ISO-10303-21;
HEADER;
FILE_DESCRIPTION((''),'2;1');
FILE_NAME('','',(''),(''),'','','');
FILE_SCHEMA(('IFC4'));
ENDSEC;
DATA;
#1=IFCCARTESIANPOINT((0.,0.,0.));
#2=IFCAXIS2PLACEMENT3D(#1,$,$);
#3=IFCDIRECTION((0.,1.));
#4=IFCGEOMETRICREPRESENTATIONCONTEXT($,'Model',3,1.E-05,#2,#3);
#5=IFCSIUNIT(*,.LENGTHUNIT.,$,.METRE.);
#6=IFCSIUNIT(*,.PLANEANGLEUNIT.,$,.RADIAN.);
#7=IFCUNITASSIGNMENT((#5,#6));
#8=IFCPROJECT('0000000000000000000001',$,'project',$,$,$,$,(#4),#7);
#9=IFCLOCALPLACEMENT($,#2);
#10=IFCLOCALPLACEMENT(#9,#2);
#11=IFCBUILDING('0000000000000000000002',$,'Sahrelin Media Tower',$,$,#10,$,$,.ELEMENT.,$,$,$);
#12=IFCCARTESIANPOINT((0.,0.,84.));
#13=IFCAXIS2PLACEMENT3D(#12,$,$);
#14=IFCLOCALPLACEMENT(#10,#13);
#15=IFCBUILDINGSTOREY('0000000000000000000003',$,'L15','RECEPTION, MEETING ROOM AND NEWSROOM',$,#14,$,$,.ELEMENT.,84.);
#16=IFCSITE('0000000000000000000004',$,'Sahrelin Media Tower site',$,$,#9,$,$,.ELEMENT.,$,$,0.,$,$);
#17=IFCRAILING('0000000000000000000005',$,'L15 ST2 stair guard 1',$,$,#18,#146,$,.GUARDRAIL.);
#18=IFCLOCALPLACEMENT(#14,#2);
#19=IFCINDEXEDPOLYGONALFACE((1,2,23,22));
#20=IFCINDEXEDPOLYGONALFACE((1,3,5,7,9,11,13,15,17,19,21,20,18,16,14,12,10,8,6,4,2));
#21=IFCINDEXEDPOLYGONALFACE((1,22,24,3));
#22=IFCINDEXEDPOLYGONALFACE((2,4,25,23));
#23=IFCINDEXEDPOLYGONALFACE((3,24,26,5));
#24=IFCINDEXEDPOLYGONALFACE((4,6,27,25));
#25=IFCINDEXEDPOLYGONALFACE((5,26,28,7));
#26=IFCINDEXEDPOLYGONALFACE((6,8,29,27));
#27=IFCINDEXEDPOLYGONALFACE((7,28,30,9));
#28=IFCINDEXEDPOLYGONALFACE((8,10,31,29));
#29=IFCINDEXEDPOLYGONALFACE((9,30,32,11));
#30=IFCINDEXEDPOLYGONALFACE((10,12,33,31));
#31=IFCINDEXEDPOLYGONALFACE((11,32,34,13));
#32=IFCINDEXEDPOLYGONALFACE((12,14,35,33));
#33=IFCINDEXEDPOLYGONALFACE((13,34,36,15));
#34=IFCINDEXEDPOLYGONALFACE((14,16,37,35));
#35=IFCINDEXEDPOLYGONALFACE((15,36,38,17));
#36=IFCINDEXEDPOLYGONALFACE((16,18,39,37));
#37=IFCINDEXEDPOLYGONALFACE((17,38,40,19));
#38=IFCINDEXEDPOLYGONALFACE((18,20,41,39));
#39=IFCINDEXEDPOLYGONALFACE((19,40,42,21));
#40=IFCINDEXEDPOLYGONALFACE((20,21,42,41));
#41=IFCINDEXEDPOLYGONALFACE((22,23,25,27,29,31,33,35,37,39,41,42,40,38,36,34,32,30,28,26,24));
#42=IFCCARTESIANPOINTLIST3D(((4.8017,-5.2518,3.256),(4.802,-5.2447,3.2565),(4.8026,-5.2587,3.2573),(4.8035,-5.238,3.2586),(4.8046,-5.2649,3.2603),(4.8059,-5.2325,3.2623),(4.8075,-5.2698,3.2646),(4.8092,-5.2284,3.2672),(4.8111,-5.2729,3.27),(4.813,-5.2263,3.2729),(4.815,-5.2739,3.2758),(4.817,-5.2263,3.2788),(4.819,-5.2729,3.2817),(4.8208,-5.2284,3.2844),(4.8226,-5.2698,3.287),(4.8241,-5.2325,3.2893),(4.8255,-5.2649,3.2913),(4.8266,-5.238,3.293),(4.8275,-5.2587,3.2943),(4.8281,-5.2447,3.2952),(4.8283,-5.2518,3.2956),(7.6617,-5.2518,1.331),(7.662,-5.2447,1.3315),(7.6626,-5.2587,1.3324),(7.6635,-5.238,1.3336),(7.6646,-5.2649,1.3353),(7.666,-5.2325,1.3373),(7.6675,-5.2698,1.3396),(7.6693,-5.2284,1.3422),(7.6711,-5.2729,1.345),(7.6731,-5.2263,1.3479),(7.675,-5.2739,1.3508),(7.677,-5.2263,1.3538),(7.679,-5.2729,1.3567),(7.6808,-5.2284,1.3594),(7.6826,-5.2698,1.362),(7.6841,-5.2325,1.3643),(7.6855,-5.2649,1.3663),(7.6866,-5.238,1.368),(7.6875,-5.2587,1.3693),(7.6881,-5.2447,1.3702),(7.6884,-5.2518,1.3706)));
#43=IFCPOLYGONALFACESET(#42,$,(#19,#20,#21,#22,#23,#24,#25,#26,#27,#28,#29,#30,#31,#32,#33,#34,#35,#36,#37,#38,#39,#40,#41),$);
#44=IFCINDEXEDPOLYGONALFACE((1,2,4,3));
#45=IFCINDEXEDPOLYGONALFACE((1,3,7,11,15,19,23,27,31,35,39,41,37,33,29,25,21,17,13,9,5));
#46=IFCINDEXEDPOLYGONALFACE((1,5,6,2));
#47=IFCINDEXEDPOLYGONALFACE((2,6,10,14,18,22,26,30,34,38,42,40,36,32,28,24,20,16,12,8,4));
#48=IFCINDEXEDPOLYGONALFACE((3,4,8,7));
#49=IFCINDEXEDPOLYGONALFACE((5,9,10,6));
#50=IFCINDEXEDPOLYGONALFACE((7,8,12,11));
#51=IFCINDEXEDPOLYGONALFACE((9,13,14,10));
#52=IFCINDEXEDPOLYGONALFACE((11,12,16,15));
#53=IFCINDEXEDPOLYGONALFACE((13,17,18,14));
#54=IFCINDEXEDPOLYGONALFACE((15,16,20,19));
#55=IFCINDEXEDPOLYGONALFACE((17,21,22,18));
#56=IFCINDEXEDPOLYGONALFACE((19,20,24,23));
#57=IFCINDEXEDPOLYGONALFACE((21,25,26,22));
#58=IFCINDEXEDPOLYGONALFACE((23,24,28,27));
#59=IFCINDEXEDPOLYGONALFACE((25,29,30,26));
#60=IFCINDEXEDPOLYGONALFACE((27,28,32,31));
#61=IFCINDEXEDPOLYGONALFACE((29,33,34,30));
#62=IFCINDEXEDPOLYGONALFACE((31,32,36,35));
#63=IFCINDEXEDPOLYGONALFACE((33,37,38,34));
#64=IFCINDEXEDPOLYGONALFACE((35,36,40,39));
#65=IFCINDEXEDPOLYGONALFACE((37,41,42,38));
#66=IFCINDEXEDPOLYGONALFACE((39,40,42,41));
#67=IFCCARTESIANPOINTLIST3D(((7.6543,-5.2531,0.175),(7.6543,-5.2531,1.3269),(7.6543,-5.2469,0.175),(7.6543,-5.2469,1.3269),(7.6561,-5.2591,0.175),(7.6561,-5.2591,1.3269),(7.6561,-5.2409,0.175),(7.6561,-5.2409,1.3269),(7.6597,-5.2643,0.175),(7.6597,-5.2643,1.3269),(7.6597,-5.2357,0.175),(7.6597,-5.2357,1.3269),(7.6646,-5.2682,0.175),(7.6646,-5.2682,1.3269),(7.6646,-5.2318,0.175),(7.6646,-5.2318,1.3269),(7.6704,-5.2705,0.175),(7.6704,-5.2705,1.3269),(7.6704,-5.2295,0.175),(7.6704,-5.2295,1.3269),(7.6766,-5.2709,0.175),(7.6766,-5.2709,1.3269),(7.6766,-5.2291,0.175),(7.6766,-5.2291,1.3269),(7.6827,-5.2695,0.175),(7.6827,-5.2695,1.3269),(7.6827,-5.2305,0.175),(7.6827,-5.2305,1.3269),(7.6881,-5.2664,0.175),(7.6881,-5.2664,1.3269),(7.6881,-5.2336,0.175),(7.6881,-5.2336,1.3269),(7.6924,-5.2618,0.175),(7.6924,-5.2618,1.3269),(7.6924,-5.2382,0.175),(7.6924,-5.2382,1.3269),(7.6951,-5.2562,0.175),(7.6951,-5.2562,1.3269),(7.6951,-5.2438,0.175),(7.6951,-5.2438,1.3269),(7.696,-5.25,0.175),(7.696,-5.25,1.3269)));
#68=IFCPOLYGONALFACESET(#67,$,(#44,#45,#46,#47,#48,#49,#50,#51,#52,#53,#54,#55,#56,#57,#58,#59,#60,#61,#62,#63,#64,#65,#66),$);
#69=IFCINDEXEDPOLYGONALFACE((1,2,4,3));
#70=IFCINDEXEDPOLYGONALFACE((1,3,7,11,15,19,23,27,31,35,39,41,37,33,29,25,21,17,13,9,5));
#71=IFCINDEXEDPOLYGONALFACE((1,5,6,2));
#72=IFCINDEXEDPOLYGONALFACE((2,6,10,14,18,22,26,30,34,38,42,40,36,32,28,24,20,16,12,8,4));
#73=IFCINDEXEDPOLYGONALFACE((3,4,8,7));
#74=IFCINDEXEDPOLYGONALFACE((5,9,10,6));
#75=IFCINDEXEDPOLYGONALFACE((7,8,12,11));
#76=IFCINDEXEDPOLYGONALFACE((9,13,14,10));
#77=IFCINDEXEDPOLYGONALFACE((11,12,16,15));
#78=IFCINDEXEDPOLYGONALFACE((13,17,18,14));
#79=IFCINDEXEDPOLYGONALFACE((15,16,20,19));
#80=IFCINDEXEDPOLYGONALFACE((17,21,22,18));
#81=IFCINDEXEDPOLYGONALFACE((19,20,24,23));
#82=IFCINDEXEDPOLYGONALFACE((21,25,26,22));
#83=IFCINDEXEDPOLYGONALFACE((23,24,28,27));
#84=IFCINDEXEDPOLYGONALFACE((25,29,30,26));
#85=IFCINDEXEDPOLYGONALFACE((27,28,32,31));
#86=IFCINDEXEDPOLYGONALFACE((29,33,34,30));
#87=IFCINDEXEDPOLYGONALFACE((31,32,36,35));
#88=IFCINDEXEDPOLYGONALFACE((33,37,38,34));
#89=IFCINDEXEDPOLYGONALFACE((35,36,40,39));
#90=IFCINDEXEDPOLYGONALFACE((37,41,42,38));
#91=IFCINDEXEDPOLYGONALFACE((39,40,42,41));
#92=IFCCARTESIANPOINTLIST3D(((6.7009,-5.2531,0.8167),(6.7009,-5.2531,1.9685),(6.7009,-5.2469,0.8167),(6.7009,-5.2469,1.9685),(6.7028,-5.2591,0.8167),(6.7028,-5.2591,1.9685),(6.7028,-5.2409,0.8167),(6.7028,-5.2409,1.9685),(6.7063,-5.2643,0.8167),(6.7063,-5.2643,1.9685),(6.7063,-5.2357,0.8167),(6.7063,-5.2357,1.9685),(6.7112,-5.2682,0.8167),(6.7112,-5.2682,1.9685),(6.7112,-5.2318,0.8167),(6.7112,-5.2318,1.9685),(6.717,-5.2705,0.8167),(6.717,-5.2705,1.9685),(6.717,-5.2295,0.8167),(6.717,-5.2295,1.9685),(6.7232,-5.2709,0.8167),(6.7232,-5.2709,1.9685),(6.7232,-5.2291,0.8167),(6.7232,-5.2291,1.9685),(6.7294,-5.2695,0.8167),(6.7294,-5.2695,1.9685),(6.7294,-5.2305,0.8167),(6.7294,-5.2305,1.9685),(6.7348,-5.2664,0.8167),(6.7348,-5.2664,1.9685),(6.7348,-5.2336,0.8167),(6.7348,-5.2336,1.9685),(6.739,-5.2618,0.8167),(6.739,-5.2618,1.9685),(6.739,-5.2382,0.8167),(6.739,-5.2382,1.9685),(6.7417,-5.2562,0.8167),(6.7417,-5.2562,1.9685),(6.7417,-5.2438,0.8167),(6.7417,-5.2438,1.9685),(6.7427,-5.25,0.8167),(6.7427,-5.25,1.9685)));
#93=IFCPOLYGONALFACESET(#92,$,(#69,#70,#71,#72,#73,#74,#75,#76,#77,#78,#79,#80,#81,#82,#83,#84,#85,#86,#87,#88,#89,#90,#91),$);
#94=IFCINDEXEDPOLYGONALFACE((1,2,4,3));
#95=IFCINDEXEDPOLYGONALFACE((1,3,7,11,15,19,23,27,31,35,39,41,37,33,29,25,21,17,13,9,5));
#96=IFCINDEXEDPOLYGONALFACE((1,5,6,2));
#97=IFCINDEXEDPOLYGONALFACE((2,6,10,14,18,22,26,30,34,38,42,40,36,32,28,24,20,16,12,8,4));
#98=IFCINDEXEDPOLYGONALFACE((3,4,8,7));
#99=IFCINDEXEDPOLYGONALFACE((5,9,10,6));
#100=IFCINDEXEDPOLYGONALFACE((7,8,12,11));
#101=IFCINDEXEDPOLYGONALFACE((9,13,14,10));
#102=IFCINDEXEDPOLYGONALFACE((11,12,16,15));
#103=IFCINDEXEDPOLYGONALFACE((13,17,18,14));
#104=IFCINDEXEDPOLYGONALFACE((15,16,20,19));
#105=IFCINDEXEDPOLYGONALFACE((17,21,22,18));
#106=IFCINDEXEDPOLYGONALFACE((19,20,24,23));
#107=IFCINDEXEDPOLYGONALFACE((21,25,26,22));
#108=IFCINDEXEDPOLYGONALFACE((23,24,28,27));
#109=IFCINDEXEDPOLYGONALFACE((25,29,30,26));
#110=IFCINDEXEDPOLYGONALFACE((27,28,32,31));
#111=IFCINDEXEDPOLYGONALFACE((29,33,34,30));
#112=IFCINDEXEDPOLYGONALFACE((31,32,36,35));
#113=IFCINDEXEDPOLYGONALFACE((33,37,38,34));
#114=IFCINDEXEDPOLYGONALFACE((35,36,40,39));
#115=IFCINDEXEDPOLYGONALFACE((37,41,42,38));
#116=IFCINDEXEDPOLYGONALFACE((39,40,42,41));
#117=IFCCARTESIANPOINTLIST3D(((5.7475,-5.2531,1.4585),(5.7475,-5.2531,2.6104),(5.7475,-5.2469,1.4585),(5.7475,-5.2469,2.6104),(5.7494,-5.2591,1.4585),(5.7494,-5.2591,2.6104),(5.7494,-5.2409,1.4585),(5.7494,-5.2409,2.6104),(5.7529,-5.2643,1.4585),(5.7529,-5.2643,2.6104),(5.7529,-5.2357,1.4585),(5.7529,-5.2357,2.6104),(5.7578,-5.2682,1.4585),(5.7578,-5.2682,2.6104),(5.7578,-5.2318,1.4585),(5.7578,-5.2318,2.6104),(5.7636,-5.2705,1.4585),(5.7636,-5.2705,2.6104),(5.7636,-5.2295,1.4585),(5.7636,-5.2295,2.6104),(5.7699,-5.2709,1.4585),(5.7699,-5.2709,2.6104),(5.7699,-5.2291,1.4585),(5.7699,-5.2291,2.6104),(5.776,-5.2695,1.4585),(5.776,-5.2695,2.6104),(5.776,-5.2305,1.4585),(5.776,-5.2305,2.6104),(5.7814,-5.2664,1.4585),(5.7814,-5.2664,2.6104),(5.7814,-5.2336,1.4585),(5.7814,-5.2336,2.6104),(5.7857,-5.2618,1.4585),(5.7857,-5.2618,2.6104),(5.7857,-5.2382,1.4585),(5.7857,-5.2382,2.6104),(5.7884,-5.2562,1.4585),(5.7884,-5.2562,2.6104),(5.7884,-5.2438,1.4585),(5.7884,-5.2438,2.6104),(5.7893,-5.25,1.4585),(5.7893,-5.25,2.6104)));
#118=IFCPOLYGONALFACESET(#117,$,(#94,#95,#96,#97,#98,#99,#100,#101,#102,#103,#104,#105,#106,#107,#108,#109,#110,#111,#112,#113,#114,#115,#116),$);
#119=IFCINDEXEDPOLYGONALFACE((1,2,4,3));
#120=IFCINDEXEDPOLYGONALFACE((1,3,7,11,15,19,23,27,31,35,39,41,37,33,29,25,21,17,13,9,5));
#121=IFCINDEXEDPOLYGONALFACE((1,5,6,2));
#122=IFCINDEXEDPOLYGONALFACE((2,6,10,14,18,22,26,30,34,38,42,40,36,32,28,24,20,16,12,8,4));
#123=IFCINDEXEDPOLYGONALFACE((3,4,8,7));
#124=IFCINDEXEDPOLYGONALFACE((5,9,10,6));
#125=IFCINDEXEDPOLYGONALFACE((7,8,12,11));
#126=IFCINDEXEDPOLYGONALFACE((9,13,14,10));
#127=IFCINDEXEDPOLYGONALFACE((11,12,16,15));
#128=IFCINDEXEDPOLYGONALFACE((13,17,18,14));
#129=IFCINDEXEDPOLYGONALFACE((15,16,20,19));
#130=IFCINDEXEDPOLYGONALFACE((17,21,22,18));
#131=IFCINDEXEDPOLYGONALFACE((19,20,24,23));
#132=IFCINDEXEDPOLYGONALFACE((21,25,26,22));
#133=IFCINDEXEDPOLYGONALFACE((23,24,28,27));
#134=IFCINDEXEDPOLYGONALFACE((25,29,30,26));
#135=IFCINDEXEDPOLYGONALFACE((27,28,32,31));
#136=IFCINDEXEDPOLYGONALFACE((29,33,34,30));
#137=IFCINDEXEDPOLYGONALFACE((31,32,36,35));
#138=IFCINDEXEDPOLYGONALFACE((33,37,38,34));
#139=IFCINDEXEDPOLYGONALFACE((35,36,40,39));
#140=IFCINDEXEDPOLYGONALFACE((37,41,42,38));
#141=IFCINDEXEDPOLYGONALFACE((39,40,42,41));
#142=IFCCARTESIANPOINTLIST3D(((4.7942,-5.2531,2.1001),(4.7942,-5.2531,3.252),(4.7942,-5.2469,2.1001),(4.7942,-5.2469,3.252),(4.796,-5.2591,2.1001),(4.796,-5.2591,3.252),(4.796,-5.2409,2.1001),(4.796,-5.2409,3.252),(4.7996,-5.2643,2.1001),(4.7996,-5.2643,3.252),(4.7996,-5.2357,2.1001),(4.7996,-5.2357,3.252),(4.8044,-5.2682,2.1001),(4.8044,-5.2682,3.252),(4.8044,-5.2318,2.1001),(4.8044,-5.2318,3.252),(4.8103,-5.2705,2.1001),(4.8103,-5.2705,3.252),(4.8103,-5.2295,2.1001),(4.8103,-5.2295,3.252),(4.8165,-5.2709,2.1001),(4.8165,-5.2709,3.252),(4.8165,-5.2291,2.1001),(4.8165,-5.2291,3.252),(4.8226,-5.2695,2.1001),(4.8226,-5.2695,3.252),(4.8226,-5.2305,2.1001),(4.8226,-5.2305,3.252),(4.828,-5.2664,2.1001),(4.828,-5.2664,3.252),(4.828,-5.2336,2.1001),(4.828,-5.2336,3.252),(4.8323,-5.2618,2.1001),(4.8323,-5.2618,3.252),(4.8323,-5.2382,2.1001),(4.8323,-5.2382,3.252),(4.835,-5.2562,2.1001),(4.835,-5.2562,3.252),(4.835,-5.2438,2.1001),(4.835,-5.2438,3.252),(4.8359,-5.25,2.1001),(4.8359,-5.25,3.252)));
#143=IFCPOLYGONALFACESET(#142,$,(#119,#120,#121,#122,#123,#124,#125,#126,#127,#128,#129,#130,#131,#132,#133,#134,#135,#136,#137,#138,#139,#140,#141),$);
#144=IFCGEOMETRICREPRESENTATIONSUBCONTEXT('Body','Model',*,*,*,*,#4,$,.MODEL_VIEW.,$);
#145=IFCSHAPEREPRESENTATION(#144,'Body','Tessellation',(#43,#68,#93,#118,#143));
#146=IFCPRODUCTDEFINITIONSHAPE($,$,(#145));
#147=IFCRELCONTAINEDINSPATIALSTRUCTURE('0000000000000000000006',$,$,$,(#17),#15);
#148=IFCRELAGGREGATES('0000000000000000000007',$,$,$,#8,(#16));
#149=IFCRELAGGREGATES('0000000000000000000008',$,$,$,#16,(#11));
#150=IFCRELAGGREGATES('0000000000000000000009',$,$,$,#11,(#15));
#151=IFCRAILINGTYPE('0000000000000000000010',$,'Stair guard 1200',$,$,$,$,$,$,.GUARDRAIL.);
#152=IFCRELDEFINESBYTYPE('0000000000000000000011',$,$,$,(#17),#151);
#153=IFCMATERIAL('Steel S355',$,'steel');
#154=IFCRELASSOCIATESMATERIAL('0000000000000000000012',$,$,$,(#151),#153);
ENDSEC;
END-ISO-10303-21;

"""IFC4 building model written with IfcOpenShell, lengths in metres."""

from ifc_helpers import new_model, si_unit, direction, frame, origin, origin_2d, place, context, subcontext, project, spatial, circle, extrude, material, type_object, element, save


model = new_model("IFC4")

# Units and contexts
model_context = context("Model", 3, precision=1e-05, world=origin(), true_north=direction((0.0, 1.0)))
body_context = subcontext(model_context, "Body", "Model", "MODEL_VIEW")
ifc_project = project(units=[si_unit("LENGTHUNIT", "METRE"), si_unit("PLANEANGLEUNIT", "RADIAN")], contexts=[model_context])

# Site, building, storey
site_placement = place(None, origin())
site = spatial("IfcSite", under=ifc_project, at=site_placement, Name="Sahrelin Media Tower site", CompositionType="ELEMENT", RefElevation=0.0)
building_placement = place(site_placement, origin())
building = spatial("IfcBuilding", under=site, at=building_placement, Name="Sahrelin Media Tower", CompositionType="ELEMENT")
storey_placement = place(building_placement, frame((0.0, 0.0, 84.0)))
storey = spatial("IfcBuildingStorey", under=building, at=storey_placement, Name="L15", Description="RECEPTION, MEETING ROOM AND NEWSROOM", CompositionType="ELEMENT", Elevation=84.0)

# Shared definitions
ifc_material_1 = material(Name="Steel S355", Category="steel")

# Railing
railing_type_1 = type_object("IfcRailingType", Name="Stair guard 1200", PredefinedType="GUARDRAIL", material=ifc_material_1)
railing_1_placement = place(storey_placement, frame((7.675, -5.25, 0.175)))
element("IfcRailing", 1, at=railing_1_placement, inside=storey, type_object=railing_type_1, Name="L15 ST2 stair guard 1", PredefinedType="GUARDRAIL", context=body_context, shape_type="SweptSolid", body=[
    extrude(circle(Radius=0.0239, at=origin_2d()), frame((0.0, 0.0, 1.1758), z_axis=(-0.829591, 0.0, 0.558372), x_axis=(0.0, -1.0, 0.0)), (0.0, 0.0, 1.0), 3.4475),
    extrude(circle(Radius=0.021, at=origin_2d()), origin(), (0.0, 0.0, 1.0), 1.1519),
    extrude(circle(Radius=0.021, at=origin_2d()), frame((-0.9534, 0.0, 0.6416)), (0.0, 0.0, 1.0), 1.1519),
    extrude(circle(Radius=0.021, at=origin_2d()), frame((-1.9067, 0.0, 1.2834)), (0.0, 0.0, 1.0), 1.1519),
    extrude(circle(Radius=0.021, at=origin_2d()), frame((-2.8601, 0.0, 1.925)), (0.0, 0.0, 1.0), 1.1519),
])

save(model, "model.ifc")
